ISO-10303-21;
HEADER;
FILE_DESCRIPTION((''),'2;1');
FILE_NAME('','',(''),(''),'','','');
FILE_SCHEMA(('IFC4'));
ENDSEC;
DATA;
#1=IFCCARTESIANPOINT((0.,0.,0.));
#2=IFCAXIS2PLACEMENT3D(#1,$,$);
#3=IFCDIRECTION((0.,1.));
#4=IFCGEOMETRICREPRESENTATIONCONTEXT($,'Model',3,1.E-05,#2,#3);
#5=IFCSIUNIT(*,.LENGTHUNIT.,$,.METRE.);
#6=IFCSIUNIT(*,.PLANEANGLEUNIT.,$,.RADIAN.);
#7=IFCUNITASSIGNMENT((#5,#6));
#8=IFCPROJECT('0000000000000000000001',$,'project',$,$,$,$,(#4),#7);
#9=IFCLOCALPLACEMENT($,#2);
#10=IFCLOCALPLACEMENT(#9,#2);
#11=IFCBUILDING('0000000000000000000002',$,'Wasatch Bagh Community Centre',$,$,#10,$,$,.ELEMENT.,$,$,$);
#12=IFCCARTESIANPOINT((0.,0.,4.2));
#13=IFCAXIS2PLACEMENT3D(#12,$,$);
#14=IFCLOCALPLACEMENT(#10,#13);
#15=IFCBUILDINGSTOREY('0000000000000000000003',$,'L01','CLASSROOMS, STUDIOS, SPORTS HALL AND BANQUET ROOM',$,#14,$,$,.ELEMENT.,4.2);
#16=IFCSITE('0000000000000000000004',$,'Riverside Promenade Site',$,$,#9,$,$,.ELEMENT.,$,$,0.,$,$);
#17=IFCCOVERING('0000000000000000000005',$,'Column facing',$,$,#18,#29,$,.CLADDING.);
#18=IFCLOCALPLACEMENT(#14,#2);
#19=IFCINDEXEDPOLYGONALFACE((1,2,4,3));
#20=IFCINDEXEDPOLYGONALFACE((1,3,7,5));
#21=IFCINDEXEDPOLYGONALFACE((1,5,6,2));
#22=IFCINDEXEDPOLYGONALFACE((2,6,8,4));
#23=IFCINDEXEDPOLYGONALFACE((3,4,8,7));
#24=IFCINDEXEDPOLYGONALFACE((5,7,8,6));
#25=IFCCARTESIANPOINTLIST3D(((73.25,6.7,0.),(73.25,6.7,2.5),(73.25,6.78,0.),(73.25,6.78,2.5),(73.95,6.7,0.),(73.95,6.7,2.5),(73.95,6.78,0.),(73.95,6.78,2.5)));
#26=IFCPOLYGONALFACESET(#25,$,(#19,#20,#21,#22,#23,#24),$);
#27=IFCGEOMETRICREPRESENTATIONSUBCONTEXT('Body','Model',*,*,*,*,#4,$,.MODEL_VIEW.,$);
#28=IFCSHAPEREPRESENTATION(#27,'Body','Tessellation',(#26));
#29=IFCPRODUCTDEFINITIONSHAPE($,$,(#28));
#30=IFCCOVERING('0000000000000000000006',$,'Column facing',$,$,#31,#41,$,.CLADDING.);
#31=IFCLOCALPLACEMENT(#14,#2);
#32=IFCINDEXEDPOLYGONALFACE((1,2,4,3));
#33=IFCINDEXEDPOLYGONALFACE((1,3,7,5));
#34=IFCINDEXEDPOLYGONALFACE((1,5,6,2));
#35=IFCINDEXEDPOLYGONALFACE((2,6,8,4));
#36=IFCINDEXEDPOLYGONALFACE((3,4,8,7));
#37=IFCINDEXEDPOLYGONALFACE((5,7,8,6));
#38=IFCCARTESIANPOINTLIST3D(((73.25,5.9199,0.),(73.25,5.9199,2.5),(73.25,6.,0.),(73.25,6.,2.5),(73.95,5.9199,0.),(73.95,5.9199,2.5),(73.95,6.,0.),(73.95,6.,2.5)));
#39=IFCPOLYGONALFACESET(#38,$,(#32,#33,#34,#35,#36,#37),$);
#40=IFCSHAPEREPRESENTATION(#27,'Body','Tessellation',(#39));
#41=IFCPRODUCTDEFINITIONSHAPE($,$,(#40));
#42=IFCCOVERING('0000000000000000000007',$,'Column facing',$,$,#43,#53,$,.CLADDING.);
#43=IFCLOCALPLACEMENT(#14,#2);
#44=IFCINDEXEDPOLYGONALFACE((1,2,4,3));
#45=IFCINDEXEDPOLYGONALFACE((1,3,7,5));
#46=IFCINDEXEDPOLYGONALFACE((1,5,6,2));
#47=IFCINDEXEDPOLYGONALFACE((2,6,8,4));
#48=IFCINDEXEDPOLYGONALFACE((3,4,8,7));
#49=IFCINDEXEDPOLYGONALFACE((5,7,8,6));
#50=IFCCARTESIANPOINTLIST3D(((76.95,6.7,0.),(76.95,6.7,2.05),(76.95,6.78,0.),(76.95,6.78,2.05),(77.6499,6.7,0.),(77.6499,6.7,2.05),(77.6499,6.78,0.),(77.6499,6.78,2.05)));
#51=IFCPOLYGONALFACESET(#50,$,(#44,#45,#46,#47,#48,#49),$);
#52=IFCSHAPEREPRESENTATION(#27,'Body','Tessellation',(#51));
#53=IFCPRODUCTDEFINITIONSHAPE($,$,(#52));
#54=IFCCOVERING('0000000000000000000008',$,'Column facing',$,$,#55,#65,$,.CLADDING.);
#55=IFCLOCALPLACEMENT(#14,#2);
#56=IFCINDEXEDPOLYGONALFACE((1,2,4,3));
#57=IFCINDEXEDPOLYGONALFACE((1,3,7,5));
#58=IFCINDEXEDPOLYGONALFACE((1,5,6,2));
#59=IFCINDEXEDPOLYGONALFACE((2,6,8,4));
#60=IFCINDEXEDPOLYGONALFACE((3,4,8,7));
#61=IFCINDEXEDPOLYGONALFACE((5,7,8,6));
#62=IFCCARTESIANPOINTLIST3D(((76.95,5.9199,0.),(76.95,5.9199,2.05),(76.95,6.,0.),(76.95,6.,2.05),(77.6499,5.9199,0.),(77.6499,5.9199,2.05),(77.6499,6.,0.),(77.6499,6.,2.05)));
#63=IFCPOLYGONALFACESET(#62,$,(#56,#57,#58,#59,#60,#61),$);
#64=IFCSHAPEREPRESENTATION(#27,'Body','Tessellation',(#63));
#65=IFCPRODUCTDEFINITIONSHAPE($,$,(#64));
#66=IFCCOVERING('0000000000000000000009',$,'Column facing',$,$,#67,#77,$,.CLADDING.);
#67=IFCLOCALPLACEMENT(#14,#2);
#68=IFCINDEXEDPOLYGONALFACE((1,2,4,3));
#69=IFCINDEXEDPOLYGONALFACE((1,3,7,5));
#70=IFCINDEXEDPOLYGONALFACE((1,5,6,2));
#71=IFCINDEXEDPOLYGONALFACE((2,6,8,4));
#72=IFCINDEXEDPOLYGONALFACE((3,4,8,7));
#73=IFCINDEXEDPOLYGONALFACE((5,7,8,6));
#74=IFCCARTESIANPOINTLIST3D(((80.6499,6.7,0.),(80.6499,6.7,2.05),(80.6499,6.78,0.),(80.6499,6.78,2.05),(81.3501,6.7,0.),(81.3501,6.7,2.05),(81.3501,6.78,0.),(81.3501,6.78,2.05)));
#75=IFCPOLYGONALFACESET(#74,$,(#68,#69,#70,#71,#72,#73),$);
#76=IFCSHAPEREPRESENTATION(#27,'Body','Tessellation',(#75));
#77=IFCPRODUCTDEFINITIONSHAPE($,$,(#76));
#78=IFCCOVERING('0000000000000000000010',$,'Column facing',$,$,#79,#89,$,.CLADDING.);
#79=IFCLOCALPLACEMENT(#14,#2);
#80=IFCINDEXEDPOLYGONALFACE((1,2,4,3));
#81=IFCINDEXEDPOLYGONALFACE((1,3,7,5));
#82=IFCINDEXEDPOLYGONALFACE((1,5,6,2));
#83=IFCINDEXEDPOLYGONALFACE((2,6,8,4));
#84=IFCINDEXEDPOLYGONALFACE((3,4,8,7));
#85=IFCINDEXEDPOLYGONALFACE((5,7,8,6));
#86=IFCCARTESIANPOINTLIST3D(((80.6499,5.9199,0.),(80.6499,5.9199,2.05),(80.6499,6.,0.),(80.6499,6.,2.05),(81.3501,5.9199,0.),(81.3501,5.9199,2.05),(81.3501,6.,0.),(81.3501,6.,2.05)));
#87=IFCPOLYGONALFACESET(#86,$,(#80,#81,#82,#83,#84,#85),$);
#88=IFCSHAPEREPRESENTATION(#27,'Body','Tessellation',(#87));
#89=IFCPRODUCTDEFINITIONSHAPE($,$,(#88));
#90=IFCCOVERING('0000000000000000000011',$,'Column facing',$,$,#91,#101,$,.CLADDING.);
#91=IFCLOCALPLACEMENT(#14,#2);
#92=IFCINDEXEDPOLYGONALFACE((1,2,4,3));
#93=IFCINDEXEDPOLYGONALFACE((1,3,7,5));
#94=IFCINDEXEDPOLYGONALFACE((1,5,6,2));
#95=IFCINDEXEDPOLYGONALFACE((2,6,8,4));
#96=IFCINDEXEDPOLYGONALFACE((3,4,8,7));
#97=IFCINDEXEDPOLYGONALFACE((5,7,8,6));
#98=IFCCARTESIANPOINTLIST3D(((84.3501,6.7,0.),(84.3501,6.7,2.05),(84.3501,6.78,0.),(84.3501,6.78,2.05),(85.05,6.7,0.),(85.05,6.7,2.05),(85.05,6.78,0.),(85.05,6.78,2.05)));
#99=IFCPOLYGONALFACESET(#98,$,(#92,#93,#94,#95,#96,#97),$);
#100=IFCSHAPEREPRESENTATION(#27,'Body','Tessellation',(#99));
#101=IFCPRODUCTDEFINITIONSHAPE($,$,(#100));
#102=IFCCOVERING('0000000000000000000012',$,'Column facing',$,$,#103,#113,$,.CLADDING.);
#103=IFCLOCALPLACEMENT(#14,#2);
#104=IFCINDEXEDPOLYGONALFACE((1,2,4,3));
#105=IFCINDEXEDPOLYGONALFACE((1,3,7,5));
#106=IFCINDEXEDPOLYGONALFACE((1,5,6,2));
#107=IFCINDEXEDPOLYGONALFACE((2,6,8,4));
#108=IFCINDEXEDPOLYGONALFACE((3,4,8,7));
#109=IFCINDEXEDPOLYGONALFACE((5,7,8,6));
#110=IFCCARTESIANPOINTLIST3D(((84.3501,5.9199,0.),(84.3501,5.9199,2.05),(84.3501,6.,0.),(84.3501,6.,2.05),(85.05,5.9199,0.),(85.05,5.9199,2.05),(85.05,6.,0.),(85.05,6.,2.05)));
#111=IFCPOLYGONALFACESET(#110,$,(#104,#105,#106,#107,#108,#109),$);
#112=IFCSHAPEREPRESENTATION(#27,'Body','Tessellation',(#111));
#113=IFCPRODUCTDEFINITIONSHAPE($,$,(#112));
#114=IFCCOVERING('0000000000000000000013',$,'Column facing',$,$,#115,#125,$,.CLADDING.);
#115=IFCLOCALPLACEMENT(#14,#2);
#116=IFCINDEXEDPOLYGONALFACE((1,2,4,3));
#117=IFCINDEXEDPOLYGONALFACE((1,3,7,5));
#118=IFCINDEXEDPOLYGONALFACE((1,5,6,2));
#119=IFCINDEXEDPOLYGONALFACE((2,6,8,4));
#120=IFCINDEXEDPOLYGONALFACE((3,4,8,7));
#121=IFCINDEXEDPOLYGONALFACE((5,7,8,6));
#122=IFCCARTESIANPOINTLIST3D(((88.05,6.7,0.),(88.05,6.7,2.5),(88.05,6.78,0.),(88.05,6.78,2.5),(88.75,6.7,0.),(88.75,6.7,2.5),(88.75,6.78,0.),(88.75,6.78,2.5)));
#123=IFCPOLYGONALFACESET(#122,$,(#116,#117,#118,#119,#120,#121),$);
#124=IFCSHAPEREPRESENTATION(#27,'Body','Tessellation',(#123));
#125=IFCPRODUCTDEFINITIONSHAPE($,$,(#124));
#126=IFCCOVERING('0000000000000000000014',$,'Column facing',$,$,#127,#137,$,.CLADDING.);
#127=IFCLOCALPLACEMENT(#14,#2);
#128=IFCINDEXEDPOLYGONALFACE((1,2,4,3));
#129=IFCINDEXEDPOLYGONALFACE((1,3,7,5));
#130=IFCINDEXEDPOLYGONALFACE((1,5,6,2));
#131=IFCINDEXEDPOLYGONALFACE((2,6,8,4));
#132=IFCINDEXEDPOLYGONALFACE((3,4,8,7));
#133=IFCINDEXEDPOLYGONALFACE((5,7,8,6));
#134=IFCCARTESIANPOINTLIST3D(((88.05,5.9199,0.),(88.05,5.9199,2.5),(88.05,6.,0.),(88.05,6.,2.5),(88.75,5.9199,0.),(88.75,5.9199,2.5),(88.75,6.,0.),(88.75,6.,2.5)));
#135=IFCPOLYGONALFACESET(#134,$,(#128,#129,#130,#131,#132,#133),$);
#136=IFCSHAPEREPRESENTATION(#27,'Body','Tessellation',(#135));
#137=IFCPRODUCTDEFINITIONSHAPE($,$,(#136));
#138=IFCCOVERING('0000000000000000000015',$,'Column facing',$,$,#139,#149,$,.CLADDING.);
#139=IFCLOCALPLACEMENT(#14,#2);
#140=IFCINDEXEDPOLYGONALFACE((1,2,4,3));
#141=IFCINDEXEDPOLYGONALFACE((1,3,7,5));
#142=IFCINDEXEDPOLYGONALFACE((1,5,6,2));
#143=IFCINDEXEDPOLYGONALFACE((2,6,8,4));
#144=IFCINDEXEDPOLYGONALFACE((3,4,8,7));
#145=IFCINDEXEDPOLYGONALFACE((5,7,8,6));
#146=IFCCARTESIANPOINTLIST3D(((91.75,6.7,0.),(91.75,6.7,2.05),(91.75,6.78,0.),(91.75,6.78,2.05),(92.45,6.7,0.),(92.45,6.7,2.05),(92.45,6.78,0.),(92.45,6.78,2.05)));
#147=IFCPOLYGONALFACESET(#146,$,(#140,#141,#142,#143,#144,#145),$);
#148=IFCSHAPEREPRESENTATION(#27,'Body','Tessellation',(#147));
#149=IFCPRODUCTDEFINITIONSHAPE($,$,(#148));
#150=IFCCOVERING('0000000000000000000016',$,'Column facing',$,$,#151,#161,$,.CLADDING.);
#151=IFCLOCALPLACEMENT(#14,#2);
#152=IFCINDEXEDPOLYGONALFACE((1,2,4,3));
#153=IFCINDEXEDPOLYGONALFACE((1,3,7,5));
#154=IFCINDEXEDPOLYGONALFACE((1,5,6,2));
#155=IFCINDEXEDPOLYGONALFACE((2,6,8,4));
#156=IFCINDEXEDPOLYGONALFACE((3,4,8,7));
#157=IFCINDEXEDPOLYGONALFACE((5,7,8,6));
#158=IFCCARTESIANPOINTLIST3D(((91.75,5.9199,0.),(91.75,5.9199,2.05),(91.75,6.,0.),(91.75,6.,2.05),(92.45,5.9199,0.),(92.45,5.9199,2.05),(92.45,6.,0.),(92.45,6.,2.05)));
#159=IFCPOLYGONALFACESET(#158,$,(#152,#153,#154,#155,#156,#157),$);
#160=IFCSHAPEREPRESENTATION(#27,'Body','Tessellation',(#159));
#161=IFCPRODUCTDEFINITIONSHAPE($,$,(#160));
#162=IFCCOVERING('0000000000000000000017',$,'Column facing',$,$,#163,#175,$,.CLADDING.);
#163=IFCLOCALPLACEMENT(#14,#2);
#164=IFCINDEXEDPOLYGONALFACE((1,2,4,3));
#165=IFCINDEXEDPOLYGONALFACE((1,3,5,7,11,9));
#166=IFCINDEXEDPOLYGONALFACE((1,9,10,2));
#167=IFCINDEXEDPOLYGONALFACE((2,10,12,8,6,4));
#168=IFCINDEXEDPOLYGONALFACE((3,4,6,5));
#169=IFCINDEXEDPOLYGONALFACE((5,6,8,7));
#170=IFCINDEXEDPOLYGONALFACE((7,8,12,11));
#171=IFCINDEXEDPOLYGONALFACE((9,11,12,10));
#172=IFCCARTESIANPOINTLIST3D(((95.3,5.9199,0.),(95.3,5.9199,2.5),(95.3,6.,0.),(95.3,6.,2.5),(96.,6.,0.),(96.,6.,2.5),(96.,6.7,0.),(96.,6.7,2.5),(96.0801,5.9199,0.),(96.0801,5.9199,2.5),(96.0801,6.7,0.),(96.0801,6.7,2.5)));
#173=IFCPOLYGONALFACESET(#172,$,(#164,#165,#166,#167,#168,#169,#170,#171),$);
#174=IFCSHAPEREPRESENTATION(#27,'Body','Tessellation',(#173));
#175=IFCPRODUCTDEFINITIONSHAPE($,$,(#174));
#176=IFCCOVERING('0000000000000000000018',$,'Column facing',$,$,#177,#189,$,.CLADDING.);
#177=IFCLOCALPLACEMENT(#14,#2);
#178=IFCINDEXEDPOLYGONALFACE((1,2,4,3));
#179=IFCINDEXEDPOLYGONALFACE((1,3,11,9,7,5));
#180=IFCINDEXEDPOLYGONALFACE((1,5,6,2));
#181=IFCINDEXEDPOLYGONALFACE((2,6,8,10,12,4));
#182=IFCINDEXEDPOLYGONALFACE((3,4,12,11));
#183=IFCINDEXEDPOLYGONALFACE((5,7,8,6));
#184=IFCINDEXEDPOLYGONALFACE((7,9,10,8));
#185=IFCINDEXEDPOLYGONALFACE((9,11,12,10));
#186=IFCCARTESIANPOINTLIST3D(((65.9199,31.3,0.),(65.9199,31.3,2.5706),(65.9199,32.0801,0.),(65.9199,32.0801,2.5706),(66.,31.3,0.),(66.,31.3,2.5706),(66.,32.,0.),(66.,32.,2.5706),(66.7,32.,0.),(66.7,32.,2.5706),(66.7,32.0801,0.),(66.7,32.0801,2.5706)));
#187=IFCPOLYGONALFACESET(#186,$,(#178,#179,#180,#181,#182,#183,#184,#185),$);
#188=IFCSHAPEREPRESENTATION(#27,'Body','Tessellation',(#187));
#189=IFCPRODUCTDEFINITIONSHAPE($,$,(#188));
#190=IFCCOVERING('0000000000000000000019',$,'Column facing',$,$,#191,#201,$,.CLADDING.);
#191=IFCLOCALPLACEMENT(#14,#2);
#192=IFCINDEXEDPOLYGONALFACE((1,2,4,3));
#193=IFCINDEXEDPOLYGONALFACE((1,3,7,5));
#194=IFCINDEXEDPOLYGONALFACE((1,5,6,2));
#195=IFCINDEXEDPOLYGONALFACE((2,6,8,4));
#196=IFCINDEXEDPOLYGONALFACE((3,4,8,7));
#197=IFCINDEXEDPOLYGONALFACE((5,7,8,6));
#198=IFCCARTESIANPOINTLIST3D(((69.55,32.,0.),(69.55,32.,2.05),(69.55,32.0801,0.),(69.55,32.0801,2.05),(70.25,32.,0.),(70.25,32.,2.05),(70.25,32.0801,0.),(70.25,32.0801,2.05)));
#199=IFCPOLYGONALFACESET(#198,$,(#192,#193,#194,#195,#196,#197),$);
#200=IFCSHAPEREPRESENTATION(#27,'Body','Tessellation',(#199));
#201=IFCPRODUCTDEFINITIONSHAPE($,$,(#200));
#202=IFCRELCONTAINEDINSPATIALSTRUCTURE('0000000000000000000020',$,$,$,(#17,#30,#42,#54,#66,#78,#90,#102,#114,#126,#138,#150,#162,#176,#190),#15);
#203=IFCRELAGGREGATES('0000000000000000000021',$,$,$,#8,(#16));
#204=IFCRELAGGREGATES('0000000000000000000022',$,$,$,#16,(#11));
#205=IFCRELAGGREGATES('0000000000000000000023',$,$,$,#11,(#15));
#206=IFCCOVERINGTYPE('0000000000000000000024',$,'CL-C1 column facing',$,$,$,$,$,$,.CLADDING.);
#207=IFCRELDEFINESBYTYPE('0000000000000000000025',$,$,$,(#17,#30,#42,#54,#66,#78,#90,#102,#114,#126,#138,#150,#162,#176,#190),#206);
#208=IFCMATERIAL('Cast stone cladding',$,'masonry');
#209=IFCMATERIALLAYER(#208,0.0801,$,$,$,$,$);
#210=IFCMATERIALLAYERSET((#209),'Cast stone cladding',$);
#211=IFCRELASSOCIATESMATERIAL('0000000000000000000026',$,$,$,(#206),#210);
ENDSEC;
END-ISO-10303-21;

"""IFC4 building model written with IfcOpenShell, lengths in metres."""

from ifc_helpers import new_model, si_unit, direction, frame, origin, place, context, subcontext, project, spatial, polyline, outline, extrude, material, layer, layer_set, type_object, element, save


model = new_model("IFC4")

# Units and contexts
model_context = context("Model", 3, precision=1e-05, world=origin(), true_north=direction((0.0, 1.0)))
body_context = subcontext(model_context, "Body", "Model", "MODEL_VIEW")
ifc_project = project(units=[si_unit("LENGTHUNIT", "METRE"), si_unit("PLANEANGLEUNIT", "RADIAN")], contexts=[model_context])

# Site, building, storey
site_placement = place(None, origin())
site = spatial("IfcSite", under=ifc_project, at=site_placement, Name="Riverside Promenade Site", CompositionType="ELEMENT", RefElevation=0.0)
building_placement = place(site_placement, origin())
building = spatial("IfcBuilding", under=site, at=building_placement, Name="Wasatch Bagh Community Centre", CompositionType="ELEMENT")
storey_placement = place(building_placement, frame((0.0, 0.0, 4.2)))
storey = spatial("IfcBuildingStorey", under=building, at=storey_placement, Name="L01", Description="CLASSROOMS, STUDIOS, SPORTS HALL AND BANQUET ROOM", CompositionType="ELEMENT", Elevation=4.2)

# Coverings
ifc_material = material(Name="Cast stone cladding", Category="masonry")
ifc_layer = layer(ifc_material, 0.0801)
ifc_layer_set = layer_set([ifc_layer], Name="Cast stone cladding")
covering_type = type_object("IfcCoveringType", Name="CL-C1 column facing", PredefinedType="CLADDING", material=ifc_layer_set)
covering_1_placement = place(storey_placement, origin())
element("IfcCovering", 1, at=covering_1_placement, inside=storey, type_object=covering_type, Name="Column facing", PredefinedType="CLADDING", context=body_context, shape_type="SweptSolid", body=[
    extrude(outline(polyline([(73.25, 6.7), (73.25, 6.78), (73.95, 6.78), (73.95, 6.7), (73.25, 6.7)])), origin(), (0.0, 0.0, 1.0), 2.5),
])
covering_2_placement = place(storey_placement, origin())
element("IfcCovering", 2, at=covering_2_placement, inside=storey, type_object=covering_type, Name="Column facing", PredefinedType="CLADDING", context=body_context, shape_type="SweptSolid", body=[
    extrude(outline(polyline([(73.95, 6.0), (73.95, 5.9199), (73.25, 5.9199), (73.25, 6.0), (73.95, 6.0)])), origin(), (0.0, 0.0, 1.0), 2.5),
])
covering_3_placement = place(storey_placement, origin())
element("IfcCovering", 3, at=covering_3_placement, inside=storey, type_object=covering_type, Name="Column facing", PredefinedType="CLADDING", context=body_context, shape_type="SweptSolid", body=[
    extrude(outline(polyline([(76.95, 6.7), (76.95, 6.78), (77.6499, 6.78), (77.6499, 6.7), (76.95, 6.7)])), origin(), (0.0, 0.0, 1.0), 2.05),
])
covering_4_placement = place(storey_placement, origin())
element("IfcCovering", 4, at=covering_4_placement, inside=storey, type_object=covering_type, Name="Column facing", PredefinedType="CLADDING", context=body_context, shape_type="SweptSolid", body=[
    extrude(outline(polyline([(77.6499, 6.0), (77.6499, 5.9199), (76.95, 5.9199), (76.95, 6.0), (77.6499, 6.0)])), origin(), (0.0, 0.0, 1.0), 2.05),
])
covering_5_placement = place(storey_placement, origin())
element("IfcCovering", 5, at=covering_5_placement, inside=storey, type_object=covering_type, Name="Column facing", PredefinedType="CLADDING", context=body_context, shape_type="SweptSolid", body=[
    extrude(outline(polyline([(80.6499, 6.7), (80.6499, 6.78), (81.3501, 6.78), (81.3501, 6.7), (80.6499, 6.7)])), origin(), (0.0, 0.0, 1.0), 2.05),
])
covering_6_placement = place(storey_placement, origin())
element("IfcCovering", 6, at=covering_6_placement, inside=storey, type_object=covering_type, Name="Column facing", PredefinedType="CLADDING", context=body_context, shape_type="SweptSolid", body=[
    extrude(outline(polyline([(81.3501, 6.0), (81.3501, 5.9199), (80.6499, 5.9199), (80.6499, 6.0), (81.3501, 6.0)])), origin(), (0.0, 0.0, 1.0), 2.05),
])
covering_7_placement = place(storey_placement, origin())
element("IfcCovering", 7, at=covering_7_placement, inside=storey, type_object=covering_type, Name="Column facing", PredefinedType="CLADDING", context=body_context, shape_type="SweptSolid", body=[
    extrude(outline(polyline([(84.3501, 6.7), (84.3501, 6.78), (85.05, 6.78), (85.05, 6.7), (84.3501, 6.7)])), origin(), (0.0, 0.0, 1.0), 2.05),
])
covering_8_placement = place(storey_placement, origin())
element("IfcCovering", 8, at=covering_8_placement, inside=storey, type_object=covering_type, Name="Column facing", PredefinedType="CLADDING", context=body_context, shape_type="SweptSolid", body=[
    extrude(outline(polyline([(85.05, 6.0), (85.05, 5.9199), (84.3501, 5.9199), (84.3501, 6.0), (85.05, 6.0)])), origin(), (0.0, 0.0, 1.0), 2.05),
])
covering_9_placement = place(storey_placement, origin())
element("IfcCovering", 9, at=covering_9_placement, inside=storey, type_object=covering_type, Name="Column facing", PredefinedType="CLADDING", context=body_context, shape_type="SweptSolid", body=[
    extrude(outline(polyline([(88.05, 6.7), (88.05, 6.78), (88.75, 6.78), (88.75, 6.7), (88.05, 6.7)])), origin(), (0.0, 0.0, 1.0), 2.5),
])
covering_10_placement = place(storey_placement, origin())
element("IfcCovering", 10, at=covering_10_placement, inside=storey, type_object=covering_type, Name="Column facing", PredefinedType="CLADDING", context=body_context, shape_type="SweptSolid", body=[
    extrude(outline(polyline([(88.75, 6.0), (88.75, 5.9199), (88.05, 5.9199), (88.05, 6.0), (88.75, 6.0)])), origin(), (0.0, 0.0, 1.0), 2.5),
])
covering_11_placement = place(storey_placement, origin())
element("IfcCovering", 11, at=covering_11_placement, inside=storey, type_object=covering_type, Name="Column facing", PredefinedType="CLADDING", context=body_context, shape_type="SweptSolid", body=[
    extrude(outline(polyline([(91.75, 6.7), (91.75, 6.78), (92.45, 6.78), (92.45, 6.7), (91.75, 6.7)])), origin(), (0.0, 0.0, 1.0), 2.05),
])
covering_12_placement = place(storey_placement, origin())
element("IfcCovering", 12, at=covering_12_placement, inside=storey, type_object=covering_type, Name="Column facing", PredefinedType="CLADDING", context=body_context, shape_type="SweptSolid", body=[
    extrude(outline(polyline([(92.45, 6.0), (92.45, 5.9199), (91.75, 5.9199), (91.75, 6.0), (92.45, 6.0)])), origin(), (0.0, 0.0, 1.0), 2.05),
])
covering_13_placement = place(storey_placement, origin())
element("IfcCovering", 13, at=covering_13_placement, inside=storey, type_object=covering_type, Name="Column facing", PredefinedType="CLADDING", context=body_context, shape_type="SweptSolid", body=[
    extrude(outline(polyline([(96.0, 6.0), (96.0, 6.7), (96.0801, 6.7), (96.0801, 5.9199), (95.3, 5.9199), (95.3, 6.0), (96.0, 6.0)])), origin(), (0.0, 0.0, 1.0), 2.5),
])
covering_14_placement = place(storey_placement, origin())
element("IfcCovering", 14, at=covering_14_placement, inside=storey, type_object=covering_type, Name="Column facing", PredefinedType="CLADDING", context=body_context, shape_type="SweptSolid", body=[
    extrude(outline(polyline([(66.0, 31.3), (65.9199, 31.3), (65.9199, 32.0801), (66.7, 32.0801), (66.7, 32.0), (66.0, 32.0), (66.0, 31.3)])), origin(), (0.0, 0.0, 1.0), 2.5706),
])
covering_15_placement = place(storey_placement, origin())
element("IfcCovering", 15, at=covering_15_placement, inside=storey, type_object=covering_type, Name="Column facing", PredefinedType="CLADDING", context=body_context, shape_type="SweptSolid", body=[
    extrude(outline(polyline([(70.25, 32.0), (69.55, 32.0), (69.55, 32.0801), (70.25, 32.0801), (70.25, 32.0)])), origin(), (0.0, 0.0, 1.0), 2.05),
])

save(model, "model.ifc")
